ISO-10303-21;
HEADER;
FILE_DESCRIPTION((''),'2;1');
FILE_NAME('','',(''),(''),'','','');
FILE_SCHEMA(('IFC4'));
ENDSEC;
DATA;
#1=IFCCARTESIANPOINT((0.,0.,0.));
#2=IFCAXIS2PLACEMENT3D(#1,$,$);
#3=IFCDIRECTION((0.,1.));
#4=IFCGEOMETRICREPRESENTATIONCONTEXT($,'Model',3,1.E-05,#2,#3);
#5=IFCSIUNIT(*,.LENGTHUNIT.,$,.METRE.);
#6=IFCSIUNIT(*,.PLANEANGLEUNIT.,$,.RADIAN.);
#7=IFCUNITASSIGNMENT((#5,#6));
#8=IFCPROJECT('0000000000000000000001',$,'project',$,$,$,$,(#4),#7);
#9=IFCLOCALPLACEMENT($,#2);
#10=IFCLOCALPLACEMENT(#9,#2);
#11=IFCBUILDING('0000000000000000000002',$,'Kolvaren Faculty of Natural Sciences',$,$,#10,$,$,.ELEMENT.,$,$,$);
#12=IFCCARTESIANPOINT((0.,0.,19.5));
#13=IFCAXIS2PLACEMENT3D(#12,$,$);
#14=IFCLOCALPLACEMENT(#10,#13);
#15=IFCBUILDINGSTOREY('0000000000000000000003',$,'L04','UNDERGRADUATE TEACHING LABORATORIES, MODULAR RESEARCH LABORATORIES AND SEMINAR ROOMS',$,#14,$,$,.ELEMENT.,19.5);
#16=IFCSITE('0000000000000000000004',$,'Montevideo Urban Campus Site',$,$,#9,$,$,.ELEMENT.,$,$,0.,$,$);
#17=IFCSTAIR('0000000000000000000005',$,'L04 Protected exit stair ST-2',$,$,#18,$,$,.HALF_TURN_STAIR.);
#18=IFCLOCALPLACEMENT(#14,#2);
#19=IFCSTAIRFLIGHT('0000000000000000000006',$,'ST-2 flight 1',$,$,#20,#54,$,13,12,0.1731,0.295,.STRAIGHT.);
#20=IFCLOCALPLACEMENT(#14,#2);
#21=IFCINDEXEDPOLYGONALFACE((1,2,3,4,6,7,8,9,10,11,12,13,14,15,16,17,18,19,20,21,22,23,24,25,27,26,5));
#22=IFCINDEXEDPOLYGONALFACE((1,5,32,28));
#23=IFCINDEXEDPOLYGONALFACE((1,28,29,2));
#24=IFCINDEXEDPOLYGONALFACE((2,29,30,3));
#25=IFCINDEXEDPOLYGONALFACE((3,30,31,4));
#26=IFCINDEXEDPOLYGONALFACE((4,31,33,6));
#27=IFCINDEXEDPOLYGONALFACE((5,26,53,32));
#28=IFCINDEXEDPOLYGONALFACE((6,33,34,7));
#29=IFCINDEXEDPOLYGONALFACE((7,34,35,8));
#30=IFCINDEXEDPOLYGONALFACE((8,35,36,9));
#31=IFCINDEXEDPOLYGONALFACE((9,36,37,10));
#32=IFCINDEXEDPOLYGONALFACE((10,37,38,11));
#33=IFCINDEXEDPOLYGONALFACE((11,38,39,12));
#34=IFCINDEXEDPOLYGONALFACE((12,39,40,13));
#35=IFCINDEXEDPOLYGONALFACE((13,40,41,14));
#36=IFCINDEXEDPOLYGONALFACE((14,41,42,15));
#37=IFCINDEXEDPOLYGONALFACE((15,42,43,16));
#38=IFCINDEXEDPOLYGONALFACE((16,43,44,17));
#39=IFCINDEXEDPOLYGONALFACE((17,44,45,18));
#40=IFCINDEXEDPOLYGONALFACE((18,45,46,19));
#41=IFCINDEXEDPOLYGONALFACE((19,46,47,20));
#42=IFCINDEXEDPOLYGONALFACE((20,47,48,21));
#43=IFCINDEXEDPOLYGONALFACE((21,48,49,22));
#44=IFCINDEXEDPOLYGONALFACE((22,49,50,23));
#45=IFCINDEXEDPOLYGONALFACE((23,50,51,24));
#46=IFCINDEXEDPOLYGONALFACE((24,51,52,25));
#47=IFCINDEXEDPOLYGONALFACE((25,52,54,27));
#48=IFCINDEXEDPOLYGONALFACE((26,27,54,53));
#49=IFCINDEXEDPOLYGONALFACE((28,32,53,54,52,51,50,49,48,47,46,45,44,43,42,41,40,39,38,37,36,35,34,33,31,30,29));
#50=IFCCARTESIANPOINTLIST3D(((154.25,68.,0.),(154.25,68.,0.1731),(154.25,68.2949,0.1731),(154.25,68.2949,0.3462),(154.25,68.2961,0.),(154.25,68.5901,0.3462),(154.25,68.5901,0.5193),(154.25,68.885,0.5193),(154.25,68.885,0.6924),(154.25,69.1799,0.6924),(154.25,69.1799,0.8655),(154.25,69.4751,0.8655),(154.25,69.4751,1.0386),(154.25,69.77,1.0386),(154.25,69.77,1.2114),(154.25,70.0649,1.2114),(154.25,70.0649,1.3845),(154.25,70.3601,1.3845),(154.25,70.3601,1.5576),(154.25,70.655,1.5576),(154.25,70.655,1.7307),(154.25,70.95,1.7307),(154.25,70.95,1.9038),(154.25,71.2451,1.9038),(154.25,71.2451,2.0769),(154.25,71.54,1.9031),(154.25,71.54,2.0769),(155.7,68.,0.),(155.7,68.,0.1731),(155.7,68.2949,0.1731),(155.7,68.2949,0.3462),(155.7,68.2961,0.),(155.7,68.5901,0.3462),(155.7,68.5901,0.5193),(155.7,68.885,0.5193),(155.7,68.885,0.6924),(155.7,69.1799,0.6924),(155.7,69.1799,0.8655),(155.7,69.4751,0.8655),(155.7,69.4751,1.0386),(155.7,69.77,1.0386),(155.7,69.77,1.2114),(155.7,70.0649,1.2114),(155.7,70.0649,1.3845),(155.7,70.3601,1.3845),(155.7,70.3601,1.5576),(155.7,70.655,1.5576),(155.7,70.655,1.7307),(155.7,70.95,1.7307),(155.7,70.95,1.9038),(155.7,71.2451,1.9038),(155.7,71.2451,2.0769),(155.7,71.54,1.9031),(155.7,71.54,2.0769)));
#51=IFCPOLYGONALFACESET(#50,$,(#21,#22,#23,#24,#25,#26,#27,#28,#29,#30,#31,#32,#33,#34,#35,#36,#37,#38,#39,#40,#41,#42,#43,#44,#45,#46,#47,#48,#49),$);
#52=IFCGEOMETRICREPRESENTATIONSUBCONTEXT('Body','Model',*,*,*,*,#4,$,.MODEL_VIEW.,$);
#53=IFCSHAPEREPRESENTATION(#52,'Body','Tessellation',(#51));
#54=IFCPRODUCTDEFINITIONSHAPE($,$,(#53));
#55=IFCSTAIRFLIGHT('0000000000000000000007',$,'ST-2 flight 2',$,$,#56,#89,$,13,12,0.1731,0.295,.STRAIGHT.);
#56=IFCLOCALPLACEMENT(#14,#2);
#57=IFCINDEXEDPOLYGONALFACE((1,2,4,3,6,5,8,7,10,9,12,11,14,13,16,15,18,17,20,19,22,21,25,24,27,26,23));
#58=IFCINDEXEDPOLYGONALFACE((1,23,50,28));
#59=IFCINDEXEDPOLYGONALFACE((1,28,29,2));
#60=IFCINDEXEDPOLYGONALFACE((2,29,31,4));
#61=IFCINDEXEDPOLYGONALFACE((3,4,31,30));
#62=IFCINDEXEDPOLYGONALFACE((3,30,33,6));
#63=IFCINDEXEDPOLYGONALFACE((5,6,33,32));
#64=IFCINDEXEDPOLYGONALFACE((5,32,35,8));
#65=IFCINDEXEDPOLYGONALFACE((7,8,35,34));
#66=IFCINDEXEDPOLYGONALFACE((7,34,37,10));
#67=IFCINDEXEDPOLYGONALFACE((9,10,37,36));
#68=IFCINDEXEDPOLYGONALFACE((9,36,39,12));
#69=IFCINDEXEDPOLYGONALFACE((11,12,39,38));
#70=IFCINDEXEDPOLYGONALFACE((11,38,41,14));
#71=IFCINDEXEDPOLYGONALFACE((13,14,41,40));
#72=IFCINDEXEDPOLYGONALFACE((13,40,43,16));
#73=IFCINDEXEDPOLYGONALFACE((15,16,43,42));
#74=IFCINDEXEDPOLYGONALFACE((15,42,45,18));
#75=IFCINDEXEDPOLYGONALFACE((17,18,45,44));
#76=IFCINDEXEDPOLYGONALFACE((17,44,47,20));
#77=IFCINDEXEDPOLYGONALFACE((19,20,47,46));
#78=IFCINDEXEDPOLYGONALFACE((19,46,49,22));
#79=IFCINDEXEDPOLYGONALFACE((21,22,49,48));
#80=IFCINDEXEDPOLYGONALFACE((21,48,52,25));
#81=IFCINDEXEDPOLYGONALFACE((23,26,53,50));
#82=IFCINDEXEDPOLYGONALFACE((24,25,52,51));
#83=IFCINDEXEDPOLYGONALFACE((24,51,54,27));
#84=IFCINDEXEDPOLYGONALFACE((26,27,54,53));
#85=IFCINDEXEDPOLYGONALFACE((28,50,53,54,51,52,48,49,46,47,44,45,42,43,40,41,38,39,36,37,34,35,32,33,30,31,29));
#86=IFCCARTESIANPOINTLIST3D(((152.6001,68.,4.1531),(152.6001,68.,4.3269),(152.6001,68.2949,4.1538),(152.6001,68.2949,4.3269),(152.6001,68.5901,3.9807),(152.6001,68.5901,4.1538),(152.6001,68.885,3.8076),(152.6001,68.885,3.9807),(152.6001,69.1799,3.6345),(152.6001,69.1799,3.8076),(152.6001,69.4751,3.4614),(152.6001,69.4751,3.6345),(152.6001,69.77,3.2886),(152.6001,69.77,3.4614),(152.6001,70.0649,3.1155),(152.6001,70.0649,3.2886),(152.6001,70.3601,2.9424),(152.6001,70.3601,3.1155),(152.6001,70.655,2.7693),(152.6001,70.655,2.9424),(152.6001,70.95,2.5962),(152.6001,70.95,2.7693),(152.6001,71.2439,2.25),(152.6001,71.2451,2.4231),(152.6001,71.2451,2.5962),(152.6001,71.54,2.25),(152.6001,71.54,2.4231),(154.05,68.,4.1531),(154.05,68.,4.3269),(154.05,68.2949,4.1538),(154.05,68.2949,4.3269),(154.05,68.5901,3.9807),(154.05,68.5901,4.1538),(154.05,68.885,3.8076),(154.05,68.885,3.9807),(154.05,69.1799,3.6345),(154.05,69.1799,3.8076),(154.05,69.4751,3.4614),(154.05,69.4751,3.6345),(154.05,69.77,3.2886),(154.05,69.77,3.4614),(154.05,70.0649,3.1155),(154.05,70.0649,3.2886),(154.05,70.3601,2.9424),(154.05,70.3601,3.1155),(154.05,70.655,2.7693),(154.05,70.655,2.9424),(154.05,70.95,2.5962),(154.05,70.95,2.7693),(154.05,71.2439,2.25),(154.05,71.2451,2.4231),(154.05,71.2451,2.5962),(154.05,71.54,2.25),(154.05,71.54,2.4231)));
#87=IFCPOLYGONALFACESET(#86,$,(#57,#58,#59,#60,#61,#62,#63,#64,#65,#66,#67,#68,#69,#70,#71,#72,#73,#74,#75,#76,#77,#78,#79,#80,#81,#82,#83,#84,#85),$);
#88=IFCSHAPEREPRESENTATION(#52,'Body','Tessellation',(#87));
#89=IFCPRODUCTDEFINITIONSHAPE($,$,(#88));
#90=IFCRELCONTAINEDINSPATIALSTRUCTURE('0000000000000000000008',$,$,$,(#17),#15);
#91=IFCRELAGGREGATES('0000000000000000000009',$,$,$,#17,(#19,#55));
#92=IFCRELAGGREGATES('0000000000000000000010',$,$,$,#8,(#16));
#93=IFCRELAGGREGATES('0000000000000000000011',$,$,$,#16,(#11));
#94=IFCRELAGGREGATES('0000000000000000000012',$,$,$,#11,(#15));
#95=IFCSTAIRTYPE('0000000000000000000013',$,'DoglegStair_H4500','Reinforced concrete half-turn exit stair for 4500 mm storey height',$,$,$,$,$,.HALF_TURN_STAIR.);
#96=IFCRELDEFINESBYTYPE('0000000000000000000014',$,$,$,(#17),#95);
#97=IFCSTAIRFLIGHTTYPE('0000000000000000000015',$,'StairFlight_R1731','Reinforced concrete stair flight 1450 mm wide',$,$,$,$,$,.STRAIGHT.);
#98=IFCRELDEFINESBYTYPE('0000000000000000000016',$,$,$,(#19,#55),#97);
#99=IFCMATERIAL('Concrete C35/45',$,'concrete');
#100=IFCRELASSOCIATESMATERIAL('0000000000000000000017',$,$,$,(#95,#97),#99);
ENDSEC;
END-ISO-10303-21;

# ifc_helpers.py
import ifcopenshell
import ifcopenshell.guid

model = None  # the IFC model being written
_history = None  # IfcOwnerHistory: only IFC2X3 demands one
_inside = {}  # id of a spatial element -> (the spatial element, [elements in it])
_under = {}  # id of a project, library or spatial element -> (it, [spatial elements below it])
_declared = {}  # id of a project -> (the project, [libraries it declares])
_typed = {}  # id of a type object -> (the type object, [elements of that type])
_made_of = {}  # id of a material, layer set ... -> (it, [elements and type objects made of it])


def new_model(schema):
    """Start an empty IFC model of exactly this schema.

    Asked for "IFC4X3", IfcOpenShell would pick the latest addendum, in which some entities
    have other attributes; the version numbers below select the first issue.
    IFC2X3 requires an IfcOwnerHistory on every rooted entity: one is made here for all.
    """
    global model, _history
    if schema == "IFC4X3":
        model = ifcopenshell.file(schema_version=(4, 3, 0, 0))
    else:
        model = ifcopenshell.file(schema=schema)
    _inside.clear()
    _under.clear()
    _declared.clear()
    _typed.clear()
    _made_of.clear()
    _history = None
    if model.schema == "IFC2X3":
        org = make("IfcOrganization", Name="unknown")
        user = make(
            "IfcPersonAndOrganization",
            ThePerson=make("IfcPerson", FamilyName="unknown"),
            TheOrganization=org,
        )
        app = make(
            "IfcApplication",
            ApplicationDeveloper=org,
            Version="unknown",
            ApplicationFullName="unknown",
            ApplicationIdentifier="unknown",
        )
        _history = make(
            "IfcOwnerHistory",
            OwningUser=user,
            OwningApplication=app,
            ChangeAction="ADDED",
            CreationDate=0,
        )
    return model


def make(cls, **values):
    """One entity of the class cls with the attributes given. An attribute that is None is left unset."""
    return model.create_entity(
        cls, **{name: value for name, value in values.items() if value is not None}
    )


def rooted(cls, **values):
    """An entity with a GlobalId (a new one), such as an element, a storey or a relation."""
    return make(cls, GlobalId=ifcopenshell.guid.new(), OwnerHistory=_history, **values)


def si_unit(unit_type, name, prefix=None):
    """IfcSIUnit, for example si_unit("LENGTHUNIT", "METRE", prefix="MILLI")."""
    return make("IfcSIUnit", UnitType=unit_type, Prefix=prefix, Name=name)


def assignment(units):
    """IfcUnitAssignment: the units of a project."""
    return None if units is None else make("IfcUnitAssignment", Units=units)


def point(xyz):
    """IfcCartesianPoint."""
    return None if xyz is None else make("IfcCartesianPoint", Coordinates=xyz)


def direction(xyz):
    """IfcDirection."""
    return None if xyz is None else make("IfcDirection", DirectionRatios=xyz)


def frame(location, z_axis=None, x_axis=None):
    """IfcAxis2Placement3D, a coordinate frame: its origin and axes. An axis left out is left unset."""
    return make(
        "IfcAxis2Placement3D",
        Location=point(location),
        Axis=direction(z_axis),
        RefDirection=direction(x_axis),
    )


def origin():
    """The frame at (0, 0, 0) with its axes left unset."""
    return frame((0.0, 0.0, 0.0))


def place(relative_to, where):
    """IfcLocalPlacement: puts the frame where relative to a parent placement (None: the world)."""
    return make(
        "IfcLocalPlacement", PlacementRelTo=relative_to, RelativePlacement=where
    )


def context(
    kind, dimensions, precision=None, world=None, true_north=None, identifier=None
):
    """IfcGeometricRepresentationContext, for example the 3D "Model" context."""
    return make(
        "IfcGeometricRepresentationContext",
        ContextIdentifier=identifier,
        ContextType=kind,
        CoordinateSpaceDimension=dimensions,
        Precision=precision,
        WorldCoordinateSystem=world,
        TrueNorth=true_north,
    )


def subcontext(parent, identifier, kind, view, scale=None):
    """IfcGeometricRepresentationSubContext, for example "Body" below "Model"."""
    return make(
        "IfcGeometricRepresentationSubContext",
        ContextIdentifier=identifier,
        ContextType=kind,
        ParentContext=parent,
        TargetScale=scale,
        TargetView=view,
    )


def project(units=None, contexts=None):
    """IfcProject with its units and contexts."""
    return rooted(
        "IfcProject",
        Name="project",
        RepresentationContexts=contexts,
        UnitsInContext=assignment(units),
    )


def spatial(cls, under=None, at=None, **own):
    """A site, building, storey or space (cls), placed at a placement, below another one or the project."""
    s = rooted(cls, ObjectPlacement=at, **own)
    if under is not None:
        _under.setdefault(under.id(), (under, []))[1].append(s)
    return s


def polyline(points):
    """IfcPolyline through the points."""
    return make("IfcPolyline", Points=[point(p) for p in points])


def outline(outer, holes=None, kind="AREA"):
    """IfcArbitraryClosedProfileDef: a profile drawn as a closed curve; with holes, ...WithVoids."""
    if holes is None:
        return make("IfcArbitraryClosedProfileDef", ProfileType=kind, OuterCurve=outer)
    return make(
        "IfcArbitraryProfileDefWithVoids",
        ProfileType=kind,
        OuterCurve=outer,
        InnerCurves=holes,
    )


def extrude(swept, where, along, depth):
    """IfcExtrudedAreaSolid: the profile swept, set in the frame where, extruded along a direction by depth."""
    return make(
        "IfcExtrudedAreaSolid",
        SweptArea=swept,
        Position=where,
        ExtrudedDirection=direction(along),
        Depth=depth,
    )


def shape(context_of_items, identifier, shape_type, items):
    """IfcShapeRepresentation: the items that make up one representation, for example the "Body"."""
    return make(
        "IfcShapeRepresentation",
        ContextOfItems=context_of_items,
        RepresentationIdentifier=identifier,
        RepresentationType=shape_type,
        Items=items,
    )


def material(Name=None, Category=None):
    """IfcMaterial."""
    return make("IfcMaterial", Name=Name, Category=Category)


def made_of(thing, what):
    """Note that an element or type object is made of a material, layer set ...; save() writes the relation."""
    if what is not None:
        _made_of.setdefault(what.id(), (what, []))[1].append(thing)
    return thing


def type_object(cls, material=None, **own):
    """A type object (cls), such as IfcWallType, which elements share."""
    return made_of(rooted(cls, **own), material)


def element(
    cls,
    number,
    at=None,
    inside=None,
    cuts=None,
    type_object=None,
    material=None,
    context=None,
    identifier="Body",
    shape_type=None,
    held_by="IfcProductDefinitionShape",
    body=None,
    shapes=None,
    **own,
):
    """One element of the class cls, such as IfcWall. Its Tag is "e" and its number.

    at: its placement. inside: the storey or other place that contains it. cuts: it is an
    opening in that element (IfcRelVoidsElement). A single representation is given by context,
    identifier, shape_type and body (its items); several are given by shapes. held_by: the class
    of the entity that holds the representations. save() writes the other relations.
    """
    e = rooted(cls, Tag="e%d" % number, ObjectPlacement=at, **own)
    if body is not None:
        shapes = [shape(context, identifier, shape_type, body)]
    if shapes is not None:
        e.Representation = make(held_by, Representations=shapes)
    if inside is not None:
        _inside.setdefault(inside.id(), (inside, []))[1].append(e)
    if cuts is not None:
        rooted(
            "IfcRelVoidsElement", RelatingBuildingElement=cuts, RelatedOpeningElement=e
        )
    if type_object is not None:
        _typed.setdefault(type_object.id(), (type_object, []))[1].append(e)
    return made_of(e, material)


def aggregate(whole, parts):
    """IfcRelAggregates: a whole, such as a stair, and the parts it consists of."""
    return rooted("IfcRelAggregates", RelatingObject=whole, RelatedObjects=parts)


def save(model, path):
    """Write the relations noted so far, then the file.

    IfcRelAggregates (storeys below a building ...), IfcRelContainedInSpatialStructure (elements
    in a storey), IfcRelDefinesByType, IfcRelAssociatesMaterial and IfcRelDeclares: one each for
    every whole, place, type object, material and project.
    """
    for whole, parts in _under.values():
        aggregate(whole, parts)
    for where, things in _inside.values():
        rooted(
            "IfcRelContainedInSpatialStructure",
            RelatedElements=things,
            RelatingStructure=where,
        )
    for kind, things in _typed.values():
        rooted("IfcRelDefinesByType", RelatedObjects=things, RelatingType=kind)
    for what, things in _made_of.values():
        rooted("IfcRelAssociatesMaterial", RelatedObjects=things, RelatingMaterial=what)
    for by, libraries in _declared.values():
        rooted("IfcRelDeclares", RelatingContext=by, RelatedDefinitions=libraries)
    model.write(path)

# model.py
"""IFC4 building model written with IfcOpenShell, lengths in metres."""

from ifc_helpers import new_model, si_unit, direction, frame, origin, place, context, subcontext, project, spatial, polyline, outline, extrude, material, type_object, element, aggregate, save


model = new_model("IFC4")

# Units and contexts
model_context = context("Model", 3, precision=1e-05, world=origin(), true_north=direction((0.0, 1.0)))
body_context = subcontext(model_context, "Body", "Model", "MODEL_VIEW")
ifc_project = project(units=[si_unit("LENGTHUNIT", "METRE"), si_unit("PLANEANGLEUNIT", "RADIAN")], contexts=[model_context])

# Site, building, storey
site_placement = place(None, origin())
site = spatial("IfcSite", under=ifc_project, at=site_placement, Name="Montevideo Urban Campus Site", CompositionType="ELEMENT", RefElevation=0.0)
building_placement = place(site_placement, origin())
building = spatial("IfcBuilding", under=site, at=building_placement, Name="Kolvaren Faculty of Natural Sciences", CompositionType="ELEMENT")
storey_placement = place(building_placement, frame((0.0, 0.0, 19.5)))
storey = spatial("IfcBuildingStorey", under=building, at=storey_placement, Name="L04", Description="UNDERGRADUATE TEACHING LABORATORIES, MODULAR RESEARCH LABORATORIES AND SEMINAR ROOMS", CompositionType="ELEMENT", Elevation=19.5)

# Shared definitions
ifc_material_1 = material(Name="Concrete C35/45", Category="concrete")

# Stair, stair flights
stair_type = type_object("IfcStairType", Name="DoglegStair_H4500", Description="Reinforced concrete half-turn exit stair for 4500 mm storey height", PredefinedType="HALF_TURN_STAIR", material=ifc_material_1)
stair_placement = place(storey_placement, origin())
stair = element("IfcStair", 1, at=stair_placement, inside=storey, type_object=stair_type, Name="L04 Protected exit stair ST-2", PredefinedType="HALF_TURN_STAIR")
stair_flight_type = type_object("IfcStairFlightType", Name="StairFlight_R1731", Description="Reinforced concrete stair flight 1450 mm wide", PredefinedType="STRAIGHT", material=ifc_material_1)
stair_flight_1_placement = place(storey_placement, frame((154.9751, 68.0, 0.0), z_axis=(0.0, 0.0, 1.0), x_axis=(0.0, 1.0, 0.0)))
stair_flight_1 = element("IfcStairFlight", 2, at=stair_flight_1_placement, type_object=stair_flight_type, Name="ST-2 flight 1", NumberOfRisers=13, NumberOfTreads=12, PredefinedType="STRAIGHT", RiserHeight=0.1731, TreadLength=0.295, context=body_context, shape_type="SweptSolid", body=[
    extrude(outline(polyline([(0.0, 0.0), (0.0, 0.1731), (0.2949, 0.1731), (0.2949, 0.3462), (0.5901, 0.3462), (0.5901, 0.5193), (0.885, 0.5193), (0.885, 0.6924), (1.1799, 0.6924), (1.1799, 0.8655), (1.4751, 0.8655), (1.4751, 1.0386), (1.77, 1.0386), (1.77, 1.2114), (2.0649, 1.2114), (2.0649, 1.3845), (2.3601, 1.3845), (2.3601, 1.5576), (2.655, 1.5576), (2.655, 1.7307), (2.95, 1.7307), (2.95, 1.9038), (3.2451, 1.9038), (3.2451, 2.0769), (3.54, 2.0769), (3.54, 2.25), (3.54, 1.9031), (0.2961, 0.0), (0.0, 0.0)])), frame((0.0, 0.7251, 0.0), z_axis=(0.0, -1.0, 0.0), x_axis=(1.0, 0.0, 0.0)), (0.0, 0.0, 1.0), 1.45),
])
stair_flight_2_placement = place(storey_placement, frame((153.325, 71.54, 2.25), z_axis=(0.0, 0.0, 1.0), x_axis=(0.0, -1.0, 0.0)))
stair_flight_2 = element("IfcStairFlight", 3, at=stair_flight_2_placement, type_object=stair_flight_type, Name="ST-2 flight 2", NumberOfRisers=13, NumberOfTreads=12, PredefinedType="STRAIGHT", RiserHeight=0.1731, TreadLength=0.295, context=body_context, shape_type="SweptSolid", body=[
    extrude(outline(polyline([(0.0, 0.0), (0.0, 0.1731), (0.2949, 0.1731), (0.2949, 0.3462), (0.5901, 0.3462), (0.5901, 0.5193), (0.885, 0.5193), (0.885, 0.6924), (1.1799, 0.6924), (1.1799, 0.8655), (1.4751, 0.8655), (1.4751, 1.0386), (1.77, 1.0386), (1.77, 1.2114), (2.0649, 1.2114), (2.0649, 1.3845), (2.3601, 1.3845), (2.3601, 1.5576), (2.655, 1.5576), (2.655, 1.7307), (2.95, 1.7307), (2.95, 1.9038), (3.2451, 1.9038), (3.2451, 2.0769), (3.54, 2.0769), (3.54, 2.25), (3.54, 1.9031), (0.2961, 0.0), (0.0, 0.0)])), frame((0.0, 0.7251, 0.0), z_axis=(0.0, -1.0, 0.0), x_axis=(1.0, 0.0, 0.0)), (0.0, 0.0, 1.0), 1.45),
])
aggregate(stair, [stair_flight_1, stair_flight_2])

save(model, "model.ifc")
